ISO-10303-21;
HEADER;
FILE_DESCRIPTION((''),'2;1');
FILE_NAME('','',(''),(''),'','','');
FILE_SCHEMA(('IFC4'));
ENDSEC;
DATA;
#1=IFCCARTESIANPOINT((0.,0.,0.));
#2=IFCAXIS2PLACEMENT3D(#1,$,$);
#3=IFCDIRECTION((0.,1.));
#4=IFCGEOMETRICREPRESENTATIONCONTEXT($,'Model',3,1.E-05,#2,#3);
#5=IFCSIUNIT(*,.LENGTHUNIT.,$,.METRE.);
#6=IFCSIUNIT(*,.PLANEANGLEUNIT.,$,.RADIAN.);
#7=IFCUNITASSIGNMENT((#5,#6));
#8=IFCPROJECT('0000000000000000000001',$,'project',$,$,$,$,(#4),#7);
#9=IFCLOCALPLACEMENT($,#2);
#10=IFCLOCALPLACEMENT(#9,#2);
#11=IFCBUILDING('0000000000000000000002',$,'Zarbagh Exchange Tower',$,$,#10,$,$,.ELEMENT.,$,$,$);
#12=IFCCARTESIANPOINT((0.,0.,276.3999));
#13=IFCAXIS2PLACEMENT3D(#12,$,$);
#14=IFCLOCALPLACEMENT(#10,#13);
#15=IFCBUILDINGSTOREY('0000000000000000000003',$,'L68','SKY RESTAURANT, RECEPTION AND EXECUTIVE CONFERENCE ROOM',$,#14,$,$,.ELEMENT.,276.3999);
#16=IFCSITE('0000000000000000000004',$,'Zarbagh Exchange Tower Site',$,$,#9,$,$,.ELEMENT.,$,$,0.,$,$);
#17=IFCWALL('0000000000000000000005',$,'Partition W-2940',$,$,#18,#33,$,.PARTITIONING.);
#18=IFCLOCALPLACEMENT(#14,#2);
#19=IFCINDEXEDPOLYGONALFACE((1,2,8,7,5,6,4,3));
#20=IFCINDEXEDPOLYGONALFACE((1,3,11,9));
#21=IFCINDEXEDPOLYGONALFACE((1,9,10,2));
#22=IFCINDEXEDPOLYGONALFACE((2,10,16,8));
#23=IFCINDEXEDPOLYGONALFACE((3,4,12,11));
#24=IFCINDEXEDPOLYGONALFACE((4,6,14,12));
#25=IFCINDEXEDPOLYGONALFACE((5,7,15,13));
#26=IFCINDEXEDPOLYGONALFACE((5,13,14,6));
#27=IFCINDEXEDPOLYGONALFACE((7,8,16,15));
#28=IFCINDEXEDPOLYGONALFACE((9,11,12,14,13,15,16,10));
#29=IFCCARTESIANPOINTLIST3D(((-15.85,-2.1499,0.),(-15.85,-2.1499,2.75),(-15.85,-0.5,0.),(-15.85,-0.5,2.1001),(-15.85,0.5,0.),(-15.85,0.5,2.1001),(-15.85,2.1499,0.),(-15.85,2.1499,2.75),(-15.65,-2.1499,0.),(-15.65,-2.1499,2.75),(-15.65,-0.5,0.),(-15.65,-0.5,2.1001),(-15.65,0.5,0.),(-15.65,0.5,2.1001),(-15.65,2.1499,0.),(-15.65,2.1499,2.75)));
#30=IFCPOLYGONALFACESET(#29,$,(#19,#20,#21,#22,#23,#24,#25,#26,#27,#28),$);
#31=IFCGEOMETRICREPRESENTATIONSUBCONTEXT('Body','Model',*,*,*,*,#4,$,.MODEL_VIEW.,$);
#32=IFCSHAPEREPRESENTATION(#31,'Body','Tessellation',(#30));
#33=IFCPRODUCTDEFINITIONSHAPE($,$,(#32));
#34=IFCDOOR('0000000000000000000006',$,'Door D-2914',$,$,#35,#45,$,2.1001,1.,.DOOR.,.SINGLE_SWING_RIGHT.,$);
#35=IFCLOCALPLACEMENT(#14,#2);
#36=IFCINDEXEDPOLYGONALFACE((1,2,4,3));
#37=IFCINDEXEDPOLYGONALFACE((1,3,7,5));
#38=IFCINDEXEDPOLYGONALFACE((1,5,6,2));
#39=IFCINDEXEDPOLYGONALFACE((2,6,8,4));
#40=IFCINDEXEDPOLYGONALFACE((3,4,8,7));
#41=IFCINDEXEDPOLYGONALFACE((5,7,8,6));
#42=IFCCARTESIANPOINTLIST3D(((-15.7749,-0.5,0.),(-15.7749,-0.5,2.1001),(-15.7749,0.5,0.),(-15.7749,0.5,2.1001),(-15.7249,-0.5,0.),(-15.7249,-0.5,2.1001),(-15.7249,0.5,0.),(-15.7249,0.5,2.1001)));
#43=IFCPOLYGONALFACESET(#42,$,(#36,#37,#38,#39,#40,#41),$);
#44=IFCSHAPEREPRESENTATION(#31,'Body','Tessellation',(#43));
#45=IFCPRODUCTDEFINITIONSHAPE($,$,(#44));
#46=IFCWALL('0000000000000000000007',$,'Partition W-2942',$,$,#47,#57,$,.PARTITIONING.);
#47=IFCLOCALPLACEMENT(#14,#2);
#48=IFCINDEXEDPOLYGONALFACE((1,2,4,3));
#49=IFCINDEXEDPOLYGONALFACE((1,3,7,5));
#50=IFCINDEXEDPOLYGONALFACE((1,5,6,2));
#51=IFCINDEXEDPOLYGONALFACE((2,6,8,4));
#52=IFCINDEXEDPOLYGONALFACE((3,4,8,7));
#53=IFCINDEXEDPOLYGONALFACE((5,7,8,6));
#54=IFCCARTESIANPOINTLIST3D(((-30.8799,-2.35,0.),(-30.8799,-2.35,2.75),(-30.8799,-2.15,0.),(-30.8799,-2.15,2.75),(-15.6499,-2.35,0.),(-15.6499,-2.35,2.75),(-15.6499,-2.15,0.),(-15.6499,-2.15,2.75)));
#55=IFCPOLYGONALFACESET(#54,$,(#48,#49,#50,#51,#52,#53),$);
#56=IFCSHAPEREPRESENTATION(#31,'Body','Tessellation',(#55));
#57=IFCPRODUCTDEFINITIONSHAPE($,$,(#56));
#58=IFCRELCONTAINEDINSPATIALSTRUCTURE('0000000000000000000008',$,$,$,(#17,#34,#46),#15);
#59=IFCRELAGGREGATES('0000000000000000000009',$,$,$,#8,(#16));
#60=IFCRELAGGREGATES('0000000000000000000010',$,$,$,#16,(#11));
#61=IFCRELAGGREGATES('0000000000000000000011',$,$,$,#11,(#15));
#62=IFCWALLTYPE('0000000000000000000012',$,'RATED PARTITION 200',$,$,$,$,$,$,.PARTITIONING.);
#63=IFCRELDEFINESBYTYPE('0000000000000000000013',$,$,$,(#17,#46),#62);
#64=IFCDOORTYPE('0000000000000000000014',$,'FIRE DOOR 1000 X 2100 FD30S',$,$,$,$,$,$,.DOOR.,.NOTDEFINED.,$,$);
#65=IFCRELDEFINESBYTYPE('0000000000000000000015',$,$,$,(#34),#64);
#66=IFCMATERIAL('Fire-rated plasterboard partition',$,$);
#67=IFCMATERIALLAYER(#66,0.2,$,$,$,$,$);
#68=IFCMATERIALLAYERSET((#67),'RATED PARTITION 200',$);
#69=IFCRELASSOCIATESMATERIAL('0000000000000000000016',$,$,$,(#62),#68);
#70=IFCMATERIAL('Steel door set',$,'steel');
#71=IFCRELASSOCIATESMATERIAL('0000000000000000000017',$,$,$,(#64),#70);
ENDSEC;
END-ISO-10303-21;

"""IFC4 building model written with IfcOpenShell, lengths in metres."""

from ifc_helpers import new_model, si_unit, direction, frame, frame_2d, origin, place, context, subcontext, project, spatial, rectangle, extrude, material, layer, layer_set, type_object, element, fill, save


model = new_model("IFC4")

# Units and contexts
model_context = context("Model", 3, precision=1e-05, world=origin(), true_north=direction((0.0, 1.0)))
body_context = subcontext(model_context, "Body", "Model", "MODEL_VIEW")
ifc_project = project(units=[si_unit("LENGTHUNIT", "METRE"), si_unit("PLANEANGLEUNIT", "RADIAN")], contexts=[model_context])

# Site, building, storey
site_placement = place(None, origin())
site = spatial("IfcSite", under=ifc_project, at=site_placement, Name="Zarbagh Exchange Tower Site", CompositionType="ELEMENT", RefElevation=0.0)
building_placement = place(site_placement, origin())
building = spatial("IfcBuilding", under=site, at=building_placement, Name="Zarbagh Exchange Tower", CompositionType="ELEMENT")
storey_placement = place(building_placement, frame((0.0, 0.0, 276.3999)))
storey = spatial("IfcBuildingStorey", under=building, at=storey_placement, Name="L68", Description="SKY RESTAURANT, RECEPTION AND EXECUTIVE CONFERENCE ROOM", CompositionType="ELEMENT", Elevation=276.3999)

# Wall, opening, door
ifc_material_1 = material(Name="Fire-rated plasterboard partition")
ifc_layer = layer(ifc_material_1, 0.2)
ifc_layer_set = layer_set([ifc_layer], Name="RATED PARTITION 200")
wall_type = type_object("IfcWallType", Name="RATED PARTITION 200", PredefinedType="PARTITIONING", material=ifc_layer_set)
ifc_material_2 = material(Name="Steel door set", Category="steel")
door_type = type_object("IfcDoorType", Name="FIRE DOOR 1000 X 2100 FD30S", OperationType="NOTDEFINED", PredefinedType="DOOR", material=ifc_material_2)
wall_1_placement = place(storey_placement, frame((-15.75, -2.1499, 0.0), z_axis=(0.0, 0.0, 1.0), x_axis=(0.0, 1.0, 0.0)))
wall_1 = element("IfcWall", 1, at=wall_1_placement, inside=storey, type_object=wall_type, Name="Partition W-2940", PredefinedType="PARTITIONING", context=body_context, shape_type="SweptSolid", body=[
    extrude(rectangle(XDim=4.2998, YDim=0.2, at=frame_2d((2.1499, 0.0))), origin(), (0.0, 0.0, 1.0), 2.75),
])
opening_1_placement = place(wall_1_placement, frame((1.6499, 0.0, 0.0)))
opening_1 = element("IfcOpeningElement", 2, at=opening_1_placement, cuts=wall_1, PredefinedType="OPENING", context=body_context, shape_type="SweptSolid", body=[
    extrude(rectangle(XDim=1.0, YDim=2.1001, at=frame_2d((0.5, 1.05))), frame((0.0, 0.1099, 0.0), z_axis=(0.0, -1.0, 0.0), x_axis=(1.0, 0.0, 0.0)), (0.0, 0.0, 1.0), 0.22),
])
door_1_placement = place(opening_1_placement, origin())
door_1 = element("IfcDoor", 3, at=door_1_placement, inside=storey, type_object=door_type, Name="Door D-2914", OperationType="SINGLE_SWING_RIGHT", OverallHeight=2.1001, OverallWidth=1.0, PredefinedType="DOOR", context=body_context, shape_type="SweptSolid", body=[
    extrude(rectangle(XDim=1.0, YDim=2.1001, at=frame_2d((0.5, 1.05))), frame((0.0, 0.0249, 0.0), z_axis=(0.0, -1.0, 0.0), x_axis=(1.0, 0.0, 0.0)), (0.0, 0.0, 1.0), 0.05),
])
fill(opening_1, door_1)

# Wall
wall_2_placement = place(storey_placement, frame((-30.8799, -2.25, 0.0), z_axis=(0.0, 0.0, 1.0), x_axis=(1.0, 0.0, 0.0)))
element("IfcWall", 4, at=wall_2_placement, inside=storey, type_object=wall_type, Name="Partition W-2942", PredefinedType="PARTITIONING", context=body_context, shape_type="SweptSolid", body=[
    extrude(rectangle(XDim=15.23, YDim=0.2, at=frame_2d((7.615, 0.0))), origin(), (0.0, 0.0, 1.0), 2.75),
])

save(model, "model.ifc")
